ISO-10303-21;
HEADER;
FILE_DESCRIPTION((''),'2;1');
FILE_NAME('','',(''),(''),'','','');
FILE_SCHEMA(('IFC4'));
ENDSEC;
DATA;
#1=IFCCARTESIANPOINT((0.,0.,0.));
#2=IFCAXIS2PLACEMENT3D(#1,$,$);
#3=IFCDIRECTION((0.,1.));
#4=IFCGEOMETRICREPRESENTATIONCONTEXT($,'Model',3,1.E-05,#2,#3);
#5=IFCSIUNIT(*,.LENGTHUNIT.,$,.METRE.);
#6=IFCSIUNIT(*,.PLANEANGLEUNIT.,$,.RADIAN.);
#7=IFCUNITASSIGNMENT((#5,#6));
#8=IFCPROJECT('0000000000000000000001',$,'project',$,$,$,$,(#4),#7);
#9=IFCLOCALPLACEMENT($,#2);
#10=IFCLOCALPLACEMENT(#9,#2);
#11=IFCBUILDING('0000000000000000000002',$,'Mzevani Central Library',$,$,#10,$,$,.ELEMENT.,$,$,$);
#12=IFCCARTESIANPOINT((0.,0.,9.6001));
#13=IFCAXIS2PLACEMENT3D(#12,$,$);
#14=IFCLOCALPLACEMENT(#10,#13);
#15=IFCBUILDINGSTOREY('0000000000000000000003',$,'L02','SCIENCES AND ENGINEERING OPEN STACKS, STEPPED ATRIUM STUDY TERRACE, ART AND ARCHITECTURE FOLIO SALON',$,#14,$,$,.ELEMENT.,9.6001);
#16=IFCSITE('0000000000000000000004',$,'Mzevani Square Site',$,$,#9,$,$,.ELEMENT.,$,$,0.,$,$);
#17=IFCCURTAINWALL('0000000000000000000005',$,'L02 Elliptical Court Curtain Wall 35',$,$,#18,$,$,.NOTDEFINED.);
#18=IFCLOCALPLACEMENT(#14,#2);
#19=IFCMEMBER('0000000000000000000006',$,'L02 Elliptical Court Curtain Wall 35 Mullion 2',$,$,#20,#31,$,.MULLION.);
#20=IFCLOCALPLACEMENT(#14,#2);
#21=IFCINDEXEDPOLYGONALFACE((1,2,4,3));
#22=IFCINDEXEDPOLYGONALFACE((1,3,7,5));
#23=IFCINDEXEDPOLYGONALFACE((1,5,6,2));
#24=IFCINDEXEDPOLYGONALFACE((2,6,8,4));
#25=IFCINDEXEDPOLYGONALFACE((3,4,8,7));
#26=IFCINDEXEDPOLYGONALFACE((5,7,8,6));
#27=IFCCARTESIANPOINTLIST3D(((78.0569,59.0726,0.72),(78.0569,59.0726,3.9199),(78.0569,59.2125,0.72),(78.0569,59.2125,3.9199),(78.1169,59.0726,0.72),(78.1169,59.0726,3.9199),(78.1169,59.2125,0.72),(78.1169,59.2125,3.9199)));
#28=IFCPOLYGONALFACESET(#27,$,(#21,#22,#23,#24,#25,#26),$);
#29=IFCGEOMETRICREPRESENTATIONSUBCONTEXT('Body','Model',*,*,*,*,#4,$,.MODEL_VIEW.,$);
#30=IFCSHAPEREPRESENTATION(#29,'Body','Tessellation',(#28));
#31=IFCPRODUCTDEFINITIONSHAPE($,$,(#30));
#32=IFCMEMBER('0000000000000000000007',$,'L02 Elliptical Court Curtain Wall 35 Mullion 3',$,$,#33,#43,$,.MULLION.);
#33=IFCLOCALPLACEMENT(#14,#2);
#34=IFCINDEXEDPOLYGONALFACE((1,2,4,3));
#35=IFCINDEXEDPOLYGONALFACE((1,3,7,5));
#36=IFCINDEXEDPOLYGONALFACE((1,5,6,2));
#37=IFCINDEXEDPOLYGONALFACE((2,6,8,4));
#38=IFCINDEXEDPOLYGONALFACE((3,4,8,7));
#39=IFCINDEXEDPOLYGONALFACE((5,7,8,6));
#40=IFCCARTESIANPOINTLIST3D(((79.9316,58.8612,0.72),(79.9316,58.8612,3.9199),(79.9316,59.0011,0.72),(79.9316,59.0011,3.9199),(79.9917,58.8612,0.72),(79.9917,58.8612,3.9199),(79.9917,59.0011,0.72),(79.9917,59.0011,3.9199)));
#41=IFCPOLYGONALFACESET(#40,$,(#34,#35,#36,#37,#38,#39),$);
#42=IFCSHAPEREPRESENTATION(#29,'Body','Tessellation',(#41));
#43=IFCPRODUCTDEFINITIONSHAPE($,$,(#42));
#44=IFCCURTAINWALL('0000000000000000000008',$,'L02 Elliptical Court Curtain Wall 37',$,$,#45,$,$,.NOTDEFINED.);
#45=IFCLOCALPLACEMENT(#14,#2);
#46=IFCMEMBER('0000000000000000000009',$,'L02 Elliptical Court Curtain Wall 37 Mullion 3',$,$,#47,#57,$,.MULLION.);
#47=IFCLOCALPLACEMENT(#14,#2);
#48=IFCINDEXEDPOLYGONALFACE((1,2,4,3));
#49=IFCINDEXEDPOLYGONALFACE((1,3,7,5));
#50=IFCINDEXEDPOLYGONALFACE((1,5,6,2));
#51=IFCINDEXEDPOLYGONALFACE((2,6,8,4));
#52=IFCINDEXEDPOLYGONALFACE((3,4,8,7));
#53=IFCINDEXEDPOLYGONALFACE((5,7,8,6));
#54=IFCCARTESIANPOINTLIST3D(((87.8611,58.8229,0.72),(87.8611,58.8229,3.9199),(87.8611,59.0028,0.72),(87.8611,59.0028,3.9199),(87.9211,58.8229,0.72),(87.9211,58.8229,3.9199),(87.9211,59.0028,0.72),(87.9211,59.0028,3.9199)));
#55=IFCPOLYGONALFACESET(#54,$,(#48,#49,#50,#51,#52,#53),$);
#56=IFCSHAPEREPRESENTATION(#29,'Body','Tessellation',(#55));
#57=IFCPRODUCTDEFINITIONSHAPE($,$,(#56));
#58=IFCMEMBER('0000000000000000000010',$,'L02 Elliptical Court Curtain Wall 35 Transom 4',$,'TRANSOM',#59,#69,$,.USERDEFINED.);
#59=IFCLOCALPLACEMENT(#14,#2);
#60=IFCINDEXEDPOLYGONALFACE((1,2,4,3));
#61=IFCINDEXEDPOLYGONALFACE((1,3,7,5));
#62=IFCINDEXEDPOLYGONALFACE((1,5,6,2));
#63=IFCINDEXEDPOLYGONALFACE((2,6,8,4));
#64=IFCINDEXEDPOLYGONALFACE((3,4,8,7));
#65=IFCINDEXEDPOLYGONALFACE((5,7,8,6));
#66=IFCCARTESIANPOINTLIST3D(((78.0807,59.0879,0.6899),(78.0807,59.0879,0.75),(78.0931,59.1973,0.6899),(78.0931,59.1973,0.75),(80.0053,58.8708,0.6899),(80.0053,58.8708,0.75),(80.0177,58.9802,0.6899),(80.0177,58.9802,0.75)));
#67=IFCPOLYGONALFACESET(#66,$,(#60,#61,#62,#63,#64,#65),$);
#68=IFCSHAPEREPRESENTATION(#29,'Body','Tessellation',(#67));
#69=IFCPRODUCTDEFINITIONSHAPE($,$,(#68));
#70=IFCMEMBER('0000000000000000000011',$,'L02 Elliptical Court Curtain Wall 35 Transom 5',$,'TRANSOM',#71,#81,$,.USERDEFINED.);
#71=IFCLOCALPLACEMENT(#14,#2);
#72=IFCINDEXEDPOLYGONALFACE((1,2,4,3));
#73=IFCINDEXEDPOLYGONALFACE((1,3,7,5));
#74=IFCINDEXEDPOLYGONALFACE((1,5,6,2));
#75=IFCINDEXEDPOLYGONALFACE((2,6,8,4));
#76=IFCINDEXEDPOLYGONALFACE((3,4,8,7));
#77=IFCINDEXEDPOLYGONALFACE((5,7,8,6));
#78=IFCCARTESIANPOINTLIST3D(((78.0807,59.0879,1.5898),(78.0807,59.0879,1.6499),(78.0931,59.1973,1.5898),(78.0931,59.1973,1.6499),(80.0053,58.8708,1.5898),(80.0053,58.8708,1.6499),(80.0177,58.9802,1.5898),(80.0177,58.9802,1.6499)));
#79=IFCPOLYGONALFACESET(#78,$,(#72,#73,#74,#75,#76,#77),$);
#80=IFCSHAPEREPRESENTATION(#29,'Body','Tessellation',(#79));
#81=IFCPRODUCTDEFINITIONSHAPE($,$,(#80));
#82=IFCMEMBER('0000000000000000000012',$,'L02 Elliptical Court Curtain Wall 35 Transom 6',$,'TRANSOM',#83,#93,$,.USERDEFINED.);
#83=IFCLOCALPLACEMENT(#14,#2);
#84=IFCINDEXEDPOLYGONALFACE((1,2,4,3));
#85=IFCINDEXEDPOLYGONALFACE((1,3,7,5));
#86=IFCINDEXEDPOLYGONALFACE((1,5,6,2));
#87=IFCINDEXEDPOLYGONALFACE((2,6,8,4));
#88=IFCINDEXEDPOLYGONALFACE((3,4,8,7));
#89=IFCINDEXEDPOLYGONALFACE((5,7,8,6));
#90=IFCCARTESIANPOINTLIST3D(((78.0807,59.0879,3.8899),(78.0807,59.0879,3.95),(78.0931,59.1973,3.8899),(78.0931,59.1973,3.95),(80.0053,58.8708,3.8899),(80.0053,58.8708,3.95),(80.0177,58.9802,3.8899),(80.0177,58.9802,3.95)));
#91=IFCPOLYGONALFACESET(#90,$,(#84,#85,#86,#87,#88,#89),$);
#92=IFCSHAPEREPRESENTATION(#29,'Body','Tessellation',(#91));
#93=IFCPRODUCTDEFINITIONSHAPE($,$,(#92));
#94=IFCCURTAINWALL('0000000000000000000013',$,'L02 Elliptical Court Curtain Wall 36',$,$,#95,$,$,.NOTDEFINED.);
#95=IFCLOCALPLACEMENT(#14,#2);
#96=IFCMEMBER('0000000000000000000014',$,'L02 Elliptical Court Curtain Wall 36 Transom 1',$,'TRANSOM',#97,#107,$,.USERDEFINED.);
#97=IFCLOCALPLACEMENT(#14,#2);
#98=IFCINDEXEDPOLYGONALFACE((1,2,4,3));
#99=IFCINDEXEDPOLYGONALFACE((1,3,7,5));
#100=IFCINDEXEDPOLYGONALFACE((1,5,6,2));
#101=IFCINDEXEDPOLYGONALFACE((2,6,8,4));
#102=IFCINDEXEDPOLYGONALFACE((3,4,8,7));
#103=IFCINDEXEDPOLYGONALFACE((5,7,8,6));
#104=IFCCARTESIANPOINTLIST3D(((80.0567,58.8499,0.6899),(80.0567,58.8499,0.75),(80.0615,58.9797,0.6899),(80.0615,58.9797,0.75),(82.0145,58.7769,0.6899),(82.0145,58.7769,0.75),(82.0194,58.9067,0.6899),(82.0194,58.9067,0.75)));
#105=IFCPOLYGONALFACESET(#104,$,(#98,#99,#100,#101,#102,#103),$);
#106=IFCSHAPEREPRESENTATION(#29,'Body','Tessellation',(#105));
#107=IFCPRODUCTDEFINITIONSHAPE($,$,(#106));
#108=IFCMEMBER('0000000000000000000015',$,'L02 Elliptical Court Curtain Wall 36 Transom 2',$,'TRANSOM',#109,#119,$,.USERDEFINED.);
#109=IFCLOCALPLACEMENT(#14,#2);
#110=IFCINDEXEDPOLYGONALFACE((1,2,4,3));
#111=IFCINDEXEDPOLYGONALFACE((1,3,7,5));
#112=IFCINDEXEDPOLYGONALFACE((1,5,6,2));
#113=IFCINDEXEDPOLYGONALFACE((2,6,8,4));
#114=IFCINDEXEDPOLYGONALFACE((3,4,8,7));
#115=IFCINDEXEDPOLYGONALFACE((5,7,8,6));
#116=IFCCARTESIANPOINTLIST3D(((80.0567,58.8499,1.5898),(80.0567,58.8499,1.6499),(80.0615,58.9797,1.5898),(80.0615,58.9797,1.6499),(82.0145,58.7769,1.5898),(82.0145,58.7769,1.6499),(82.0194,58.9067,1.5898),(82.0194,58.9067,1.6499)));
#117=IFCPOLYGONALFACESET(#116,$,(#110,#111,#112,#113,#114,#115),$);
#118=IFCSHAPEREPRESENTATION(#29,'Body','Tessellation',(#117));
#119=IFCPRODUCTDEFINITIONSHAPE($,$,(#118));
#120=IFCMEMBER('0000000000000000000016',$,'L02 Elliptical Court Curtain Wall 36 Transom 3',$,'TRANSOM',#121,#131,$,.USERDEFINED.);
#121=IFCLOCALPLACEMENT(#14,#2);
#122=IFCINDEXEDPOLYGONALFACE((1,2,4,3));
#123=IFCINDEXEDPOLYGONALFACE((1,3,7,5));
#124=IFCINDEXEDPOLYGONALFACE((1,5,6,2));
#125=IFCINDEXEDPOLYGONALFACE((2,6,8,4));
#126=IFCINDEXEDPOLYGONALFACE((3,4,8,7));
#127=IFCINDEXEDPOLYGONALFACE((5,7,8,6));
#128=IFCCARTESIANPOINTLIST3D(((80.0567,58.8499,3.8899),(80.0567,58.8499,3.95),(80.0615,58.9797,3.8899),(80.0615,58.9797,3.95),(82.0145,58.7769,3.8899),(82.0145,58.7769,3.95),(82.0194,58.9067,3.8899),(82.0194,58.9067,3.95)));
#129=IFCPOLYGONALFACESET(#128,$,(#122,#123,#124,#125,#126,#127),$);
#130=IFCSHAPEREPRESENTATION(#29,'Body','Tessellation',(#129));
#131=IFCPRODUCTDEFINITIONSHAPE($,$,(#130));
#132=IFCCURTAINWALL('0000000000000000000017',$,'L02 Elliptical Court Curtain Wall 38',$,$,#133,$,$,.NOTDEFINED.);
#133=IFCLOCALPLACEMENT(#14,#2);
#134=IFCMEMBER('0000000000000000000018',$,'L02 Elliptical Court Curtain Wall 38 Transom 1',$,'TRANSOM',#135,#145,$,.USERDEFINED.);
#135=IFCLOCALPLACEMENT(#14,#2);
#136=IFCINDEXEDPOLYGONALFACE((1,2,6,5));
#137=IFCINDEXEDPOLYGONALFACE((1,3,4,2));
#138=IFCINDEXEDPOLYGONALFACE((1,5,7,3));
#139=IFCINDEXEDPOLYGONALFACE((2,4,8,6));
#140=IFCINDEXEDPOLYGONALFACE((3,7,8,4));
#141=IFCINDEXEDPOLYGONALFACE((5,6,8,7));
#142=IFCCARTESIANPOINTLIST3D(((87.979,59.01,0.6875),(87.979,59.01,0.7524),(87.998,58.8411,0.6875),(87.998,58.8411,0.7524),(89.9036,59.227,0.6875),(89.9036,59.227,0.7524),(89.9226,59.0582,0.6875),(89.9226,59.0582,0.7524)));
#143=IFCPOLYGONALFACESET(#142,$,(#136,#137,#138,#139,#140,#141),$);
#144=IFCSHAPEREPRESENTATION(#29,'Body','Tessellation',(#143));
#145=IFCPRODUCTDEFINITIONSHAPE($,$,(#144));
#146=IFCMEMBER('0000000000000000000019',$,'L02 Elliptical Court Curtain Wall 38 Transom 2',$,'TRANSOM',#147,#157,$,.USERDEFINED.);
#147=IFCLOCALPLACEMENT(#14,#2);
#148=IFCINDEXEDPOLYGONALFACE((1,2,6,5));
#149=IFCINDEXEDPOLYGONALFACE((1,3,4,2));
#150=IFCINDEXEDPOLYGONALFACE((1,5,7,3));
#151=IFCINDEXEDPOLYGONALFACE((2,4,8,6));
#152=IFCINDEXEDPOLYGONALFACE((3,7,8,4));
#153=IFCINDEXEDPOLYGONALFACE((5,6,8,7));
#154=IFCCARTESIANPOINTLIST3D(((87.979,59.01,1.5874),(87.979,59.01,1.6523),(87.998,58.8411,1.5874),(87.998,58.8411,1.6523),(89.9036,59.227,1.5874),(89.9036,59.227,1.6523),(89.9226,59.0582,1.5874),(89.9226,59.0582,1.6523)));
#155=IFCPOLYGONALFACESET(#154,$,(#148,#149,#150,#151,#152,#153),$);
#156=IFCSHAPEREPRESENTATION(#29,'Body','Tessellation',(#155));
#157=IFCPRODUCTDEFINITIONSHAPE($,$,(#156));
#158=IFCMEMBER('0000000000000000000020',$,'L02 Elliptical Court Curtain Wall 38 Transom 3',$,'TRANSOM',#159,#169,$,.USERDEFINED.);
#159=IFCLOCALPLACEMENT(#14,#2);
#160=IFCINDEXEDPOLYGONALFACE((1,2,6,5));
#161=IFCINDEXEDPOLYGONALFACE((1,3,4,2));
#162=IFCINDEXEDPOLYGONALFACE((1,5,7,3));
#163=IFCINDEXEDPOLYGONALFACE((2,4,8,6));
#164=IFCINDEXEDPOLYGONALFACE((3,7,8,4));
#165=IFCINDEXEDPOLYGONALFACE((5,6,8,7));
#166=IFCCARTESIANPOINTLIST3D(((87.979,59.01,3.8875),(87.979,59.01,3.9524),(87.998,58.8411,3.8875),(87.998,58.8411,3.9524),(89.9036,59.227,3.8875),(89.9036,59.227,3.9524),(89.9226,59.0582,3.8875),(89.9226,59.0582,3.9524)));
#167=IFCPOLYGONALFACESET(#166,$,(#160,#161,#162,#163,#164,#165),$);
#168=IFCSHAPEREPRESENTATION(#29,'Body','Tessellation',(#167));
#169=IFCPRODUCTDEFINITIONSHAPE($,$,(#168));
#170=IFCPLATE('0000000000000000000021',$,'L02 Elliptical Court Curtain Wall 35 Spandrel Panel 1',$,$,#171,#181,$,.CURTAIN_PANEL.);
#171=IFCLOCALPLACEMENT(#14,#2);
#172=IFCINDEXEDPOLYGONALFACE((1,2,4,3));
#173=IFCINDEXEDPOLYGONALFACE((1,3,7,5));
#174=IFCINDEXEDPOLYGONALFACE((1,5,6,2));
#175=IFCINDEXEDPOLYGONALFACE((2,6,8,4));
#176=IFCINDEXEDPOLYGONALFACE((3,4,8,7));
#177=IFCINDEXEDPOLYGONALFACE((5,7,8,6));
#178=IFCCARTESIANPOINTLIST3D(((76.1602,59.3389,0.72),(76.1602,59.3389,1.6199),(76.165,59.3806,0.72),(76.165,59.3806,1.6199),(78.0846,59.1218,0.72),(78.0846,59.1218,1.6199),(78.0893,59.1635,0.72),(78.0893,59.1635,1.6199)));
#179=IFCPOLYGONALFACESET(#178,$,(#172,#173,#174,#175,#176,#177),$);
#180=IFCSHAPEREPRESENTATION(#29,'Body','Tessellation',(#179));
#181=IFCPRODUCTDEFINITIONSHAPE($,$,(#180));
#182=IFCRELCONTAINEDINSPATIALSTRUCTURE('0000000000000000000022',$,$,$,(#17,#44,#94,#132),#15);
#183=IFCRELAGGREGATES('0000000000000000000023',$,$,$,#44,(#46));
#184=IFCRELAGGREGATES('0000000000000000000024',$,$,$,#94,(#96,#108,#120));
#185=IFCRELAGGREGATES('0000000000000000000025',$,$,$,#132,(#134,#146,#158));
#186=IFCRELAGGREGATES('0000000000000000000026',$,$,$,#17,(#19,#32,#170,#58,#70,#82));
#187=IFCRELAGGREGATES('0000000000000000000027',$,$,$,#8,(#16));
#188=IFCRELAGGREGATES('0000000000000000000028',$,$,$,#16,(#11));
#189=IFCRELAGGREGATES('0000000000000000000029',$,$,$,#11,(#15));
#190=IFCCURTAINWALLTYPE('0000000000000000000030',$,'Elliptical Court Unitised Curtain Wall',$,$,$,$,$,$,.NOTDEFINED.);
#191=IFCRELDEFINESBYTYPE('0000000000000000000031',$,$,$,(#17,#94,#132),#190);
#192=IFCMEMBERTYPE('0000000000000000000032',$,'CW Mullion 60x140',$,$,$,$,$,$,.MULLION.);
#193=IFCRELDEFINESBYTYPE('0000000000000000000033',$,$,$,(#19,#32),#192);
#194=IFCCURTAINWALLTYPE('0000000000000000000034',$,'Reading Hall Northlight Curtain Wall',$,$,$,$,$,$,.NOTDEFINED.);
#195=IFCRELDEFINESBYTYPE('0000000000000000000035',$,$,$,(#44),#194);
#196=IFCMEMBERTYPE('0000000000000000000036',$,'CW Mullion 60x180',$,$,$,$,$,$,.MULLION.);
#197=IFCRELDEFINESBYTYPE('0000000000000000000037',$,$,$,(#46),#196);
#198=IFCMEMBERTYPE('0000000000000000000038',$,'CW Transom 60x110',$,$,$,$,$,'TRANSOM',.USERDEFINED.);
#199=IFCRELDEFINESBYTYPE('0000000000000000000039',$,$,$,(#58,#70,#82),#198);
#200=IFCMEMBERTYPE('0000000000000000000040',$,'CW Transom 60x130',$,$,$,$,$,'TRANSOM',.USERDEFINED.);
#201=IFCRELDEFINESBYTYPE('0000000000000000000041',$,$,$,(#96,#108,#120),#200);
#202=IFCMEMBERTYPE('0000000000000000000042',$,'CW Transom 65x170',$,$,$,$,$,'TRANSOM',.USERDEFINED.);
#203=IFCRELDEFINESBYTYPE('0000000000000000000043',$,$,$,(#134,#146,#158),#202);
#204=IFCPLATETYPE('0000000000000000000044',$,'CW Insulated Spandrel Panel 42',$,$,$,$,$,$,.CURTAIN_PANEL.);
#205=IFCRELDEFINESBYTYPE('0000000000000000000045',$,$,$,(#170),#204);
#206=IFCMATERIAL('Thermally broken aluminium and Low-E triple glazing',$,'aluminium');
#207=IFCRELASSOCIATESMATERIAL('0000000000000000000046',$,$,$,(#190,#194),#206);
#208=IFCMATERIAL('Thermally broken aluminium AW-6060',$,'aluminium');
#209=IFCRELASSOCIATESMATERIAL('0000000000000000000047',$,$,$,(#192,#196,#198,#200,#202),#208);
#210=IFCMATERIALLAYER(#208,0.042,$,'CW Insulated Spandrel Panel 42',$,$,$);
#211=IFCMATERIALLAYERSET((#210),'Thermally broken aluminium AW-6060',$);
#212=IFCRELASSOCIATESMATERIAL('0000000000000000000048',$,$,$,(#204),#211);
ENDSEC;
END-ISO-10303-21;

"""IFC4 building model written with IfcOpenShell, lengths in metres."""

from ifc_helpers import new_model, si_unit, direction, frame, origin, origin_2d, place, context, subcontext, project, spatial, rectangle, extrude, material, layer, layer_set, material_profile, profile_set, type_object, element, aggregate, save


model = new_model("IFC4")

# Units and contexts
model_context = context("Model", 3, precision=1e-05, world=origin(), true_north=direction((0.0, 1.0)))
body_context = subcontext(model_context, "Body", "Model", "MODEL_VIEW")
ifc_project = project(units=[si_unit("LENGTHUNIT", "METRE"), si_unit("PLANEANGLEUNIT", "RADIAN")], contexts=[model_context])

# Site, building, storey
site_placement = place(None, origin())
site = spatial("IfcSite", under=ifc_project, at=site_placement, Name="Mzevani Square Site", CompositionType="ELEMENT", RefElevation=0.0)
building_placement = place(site_placement, origin())
building = spatial("IfcBuilding", under=site, at=building_placement, Name="Mzevani Central Library", CompositionType="ELEMENT")
storey_placement = place(building_placement, frame((0.0, 0.0, 9.6001)))
storey = spatial("IfcBuildingStorey", under=building, at=storey_placement, Name="L02", Description="SCIENCES AND ENGINEERING OPEN STACKS, STEPPED ATRIUM STUDY TERRACE, ART AND ARCHITECTURE FOLIO SALON", CompositionType="ELEMENT", Elevation=9.6001)

# Curtain wall, members
ifc_material_1 = material(Name="Thermally broken aluminium and Low-E triple glazing", Category="aluminium")
curtain_wall_type_1 = type_object("IfcCurtainWallType", Name="Elliptical Court Unitised Curtain Wall", PredefinedType="NOTDEFINED", material=ifc_material_1)
curtain_wall_1_placement = place(storey_placement, origin())
curtain_wall_1 = element("IfcCurtainWall", 1, at=curtain_wall_1_placement, inside=storey, type_object=curtain_wall_type_1, Name="L02 Elliptical Court Curtain Wall 35", PredefinedType="NOTDEFINED")
ifc_material_2 = material(Name="Thermally broken aluminium AW-6060", Category="aluminium")
ifc_material_profile_1 = material_profile(ifc_material_2, rectangle(XDim=0.0601, YDim=0.1399, at=origin_2d()), Name="ALU M60x140")
ifc_profile_set_1 = profile_set([ifc_material_profile_1], Name="Thermally broken aluminium AW-6060")
member_type_1 = type_object("IfcMemberType", Name="CW Mullion 60x140", PredefinedType="MULLION", material=ifc_profile_set_1)
member_1_placement = place(storey_placement, frame((78.0869, 59.1426, 0.72), z_axis=(0.0, 0.0, 1.0), x_axis=(1.0, 0.0, 0.0)))
member_1 = element("IfcMember", 2, at=member_1_placement, type_object=member_type_1, Name="L02 Elliptical Court Curtain Wall 35 Mullion 2", PredefinedType="MULLION", context=body_context, shape_type="SweptSolid", body=[
    extrude(rectangle(XDim=0.0601, YDim=0.1399, at=origin_2d()), origin(), (0.0, 0.0, 1.0), 3.2),
])
member_2_placement = place(storey_placement, frame((79.9617, 58.9312, 0.72), z_axis=(0.0, 0.0, 1.0), x_axis=(1.0, 0.0, 0.0)))
member_2 = element("IfcMember", 3, at=member_2_placement, type_object=member_type_1, Name="L02 Elliptical Court Curtain Wall 35 Mullion 3", PredefinedType="MULLION", context=body_context, shape_type="SweptSolid", body=[
    extrude(rectangle(XDim=0.0601, YDim=0.1399, at=origin_2d()), origin(), (0.0, 0.0, 1.0), 3.2),
])

# Curtain wall, member
curtain_wall_type_2 = type_object("IfcCurtainWallType", Name="Reading Hall Northlight Curtain Wall", PredefinedType="NOTDEFINED", material=ifc_material_1)
curtain_wall_2_placement = place(storey_placement, origin())
curtain_wall_2 = element("IfcCurtainWall", 4, at=curtain_wall_2_placement, inside=storey, type_object=curtain_wall_type_2, Name="L02 Elliptical Court Curtain Wall 37", PredefinedType="NOTDEFINED")
ifc_material_profile_2 = material_profile(ifc_material_2, rectangle(XDim=0.0601, YDim=0.1799, at=origin_2d()), Name="ALU M60x180")
ifc_profile_set_2 = profile_set([ifc_material_profile_2], Name="Thermally broken aluminium AW-6060")
member_type_2 = type_object("IfcMemberType", Name="CW Mullion 60x180", PredefinedType="MULLION", material=ifc_profile_set_2)
member_3_placement = place(storey_placement, frame((87.8911, 58.9128, 0.72), z_axis=(0.0, 0.0, 1.0), x_axis=(1.0, 0.0, 0.0)))
member_3 = element("IfcMember", 5, at=member_3_placement, type_object=member_type_2, Name="L02 Elliptical Court Curtain Wall 37 Mullion 3", PredefinedType="MULLION", context=body_context, shape_type="SweptSolid", body=[
    extrude(rectangle(XDim=0.0601, YDim=0.1799, at=origin_2d()), origin(), (0.0, 0.0, 1.0), 3.2),
])
aggregate(curtain_wall_2, [member_3])

# Members
ifc_material_profile_3 = material_profile(ifc_material_2, rectangle(XDim=0.1101, YDim=0.0601, at=origin_2d()), Name="ALU T60x110")
ifc_profile_set_3 = profile_set([ifc_material_profile_3], Name="Thermally broken aluminium AW-6060")
member_type_3 = type_object("IfcMemberType", Name="CW Transom 60x110", ElementType="TRANSOM", PredefinedType="USERDEFINED", material=ifc_profile_set_3)
member_4_placement = place(storey_placement, frame((78.0869, 59.1426, 0.72), z_axis=(0.993701, -0.112064, 0.0), x_axis=(0.112064, 0.993701, 0.0)))
member_4 = element("IfcMember", 6, at=member_4_placement, type_object=member_type_3, Name="L02 Elliptical Court Curtain Wall 35 Transom 4", ObjectType="TRANSOM", PredefinedType="USERDEFINED", context=body_context, shape_type="SweptSolid", body=[
    extrude(rectangle(XDim=0.1101, YDim=0.0601, at=origin_2d()), origin(), (0.0, 0.0, 1.0), 1.9368),
])
member_5_placement = place(storey_placement, frame((78.0869, 59.1426, 1.6199), z_axis=(0.993701, -0.112064, 0.0), x_axis=(0.112064, 0.993701, 0.0)))
member_5 = element("IfcMember", 7, at=member_5_placement, type_object=member_type_3, Name="L02 Elliptical Court Curtain Wall 35 Transom 5", ObjectType="TRANSOM", PredefinedType="USERDEFINED", context=body_context, shape_type="SweptSolid", body=[
    extrude(rectangle(XDim=0.1101, YDim=0.0601, at=origin_2d()), origin(), (0.0, 0.0, 1.0), 1.9368),
])
member_6_placement = place(storey_placement, frame((78.0869, 59.1426, 3.9199), z_axis=(0.993701, -0.112064, 0.0), x_axis=(0.112064, 0.993701, 0.0)))
member_6 = element("IfcMember", 8, at=member_6_placement, type_object=member_type_3, Name="L02 Elliptical Court Curtain Wall 35 Transom 6", ObjectType="TRANSOM", PredefinedType="USERDEFINED", context=body_context, shape_type="SweptSolid", body=[
    extrude(rectangle(XDim=0.1101, YDim=0.0601, at=origin_2d()), origin(), (0.0, 0.0, 1.0), 1.9368),
])

# Curtain walls, members
curtain_wall_3_placement = place(storey_placement, origin())
curtain_wall_3 = element("IfcCurtainWall", 9, at=curtain_wall_3_placement, inside=storey, type_object=curtain_wall_type_1, Name="L02 Elliptical Court Curtain Wall 36", PredefinedType="NOTDEFINED")
ifc_material_profile_4 = material_profile(ifc_material_2, rectangle(XDim=0.1299, YDim=0.0601, at=origin_2d()), Name="ALU T60x130")
ifc_profile_set_4 = profile_set([ifc_material_profile_4], Name="Thermally broken aluminium AW-6060")
member_type_4 = type_object("IfcMemberType", Name="CW Transom 60x130", ElementType="TRANSOM", PredefinedType="USERDEFINED", material=ifc_profile_set_4)
member_7_placement = place(storey_placement, frame((80.0591, 58.9148, 0.72), z_axis=(0.999306, -0.037261, 0.0), x_axis=(0.037261, 0.999306, 0.0)))
member_7 = element("IfcMember", 10, at=member_7_placement, type_object=member_type_4, Name="L02 Elliptical Court Curtain Wall 36 Transom 1", ObjectType="TRANSOM", PredefinedType="USERDEFINED", context=body_context, shape_type="SweptSolid", body=[
    extrude(rectangle(XDim=0.1299, YDim=0.0601, at=origin_2d()), origin(), (0.0, 0.0, 1.0), 1.9592),
])
member_8_placement = place(storey_placement, frame((80.0591, 58.9148, 1.6199), z_axis=(0.999306, -0.037261, 0.0), x_axis=(0.037261, 0.999306, 0.0)))
member_8 = element("IfcMember", 11, at=member_8_placement, type_object=member_type_4, Name="L02 Elliptical Court Curtain Wall 36 Transom 2", ObjectType="TRANSOM", PredefinedType="USERDEFINED", context=body_context, shape_type="SweptSolid", body=[
    extrude(rectangle(XDim=0.1299, YDim=0.0601, at=origin_2d()), origin(), (0.0, 0.0, 1.0), 1.9592),
])
member_9_placement = place(storey_placement, frame((80.0591, 58.9148, 3.9199), z_axis=(0.999306, -0.037261, 0.0), x_axis=(0.037261, 0.999306, 0.0)))
member_9 = element("IfcMember", 12, at=member_9_placement, type_object=member_type_4, Name="L02 Elliptical Court Curtain Wall 36 Transom 3", ObjectType="TRANSOM", PredefinedType="USERDEFINED", context=body_context, shape_type="SweptSolid", body=[
    extrude(rectangle(XDim=0.1299, YDim=0.0601, at=origin_2d()), origin(), (0.0, 0.0, 1.0), 1.9592),
])
aggregate(curtain_wall_3, [member_7, member_8, member_9])
curtain_wall_4_placement = place(storey_placement, origin())
curtain_wall_4 = element("IfcCurtainWall", 13, at=curtain_wall_4_placement, inside=storey, type_object=curtain_wall_type_1, Name="L02 Elliptical Court Curtain Wall 38", PredefinedType="NOTDEFINED")
ifc_material_profile_5 = material_profile(ifc_material_2, rectangle(XDim=0.1699, YDim=0.0649, at=origin_2d()), Name="ALU T65x170")
ifc_profile_set_5 = profile_set([ifc_material_profile_5], Name="Thermally broken aluminium AW-6060")
member_type_5 = type_object("IfcMemberType", Name="CW Transom 65x170", ElementType="TRANSOM", PredefinedType="USERDEFINED", material=ifc_profile_set_5)
member_10_placement = place(storey_placement, frame((87.9885, 58.9255, 0.72), z_axis=(0.993701, 0.112064, 0.0), x_axis=(-0.112064, 0.993701, 0.0)))
member_10 = element("IfcMember", 14, at=member_10_placement, type_object=member_type_5, Name="L02 Elliptical Court Curtain Wall 38 Transom 1", ObjectType="TRANSOM", PredefinedType="USERDEFINED", context=body_context, shape_type="SweptSolid", body=[
    extrude(rectangle(XDim=0.1699, YDim=0.0649, at=origin_2d()), origin(), (0.0, 0.0, 1.0), 1.9368),
])
member_11_placement = place(storey_placement, frame((87.9885, 58.9255, 1.6199), z_axis=(0.993701, 0.112064, 0.0), x_axis=(-0.112064, 0.993701, 0.0)))
member_11 = element("IfcMember", 15, at=member_11_placement, type_object=member_type_5, Name="L02 Elliptical Court Curtain Wall 38 Transom 2", ObjectType="TRANSOM", PredefinedType="USERDEFINED", context=body_context, shape_type="SweptSolid", body=[
    extrude(rectangle(XDim=0.1699, YDim=0.0649, at=origin_2d()), origin(), (0.0, 0.0, 1.0), 1.9368),
])
member_12_placement = place(storey_placement, frame((87.9885, 58.9255, 3.9199), z_axis=(0.993701, 0.112064, 0.0), x_axis=(-0.112064, 0.993701, 0.0)))
member_12 = element("IfcMember", 16, at=member_12_placement, type_object=member_type_5, Name="L02 Elliptical Court Curtain Wall 38 Transom 3", ObjectType="TRANSOM", PredefinedType="USERDEFINED", context=body_context, shape_type="SweptSolid", body=[
    extrude(rectangle(XDim=0.1699, YDim=0.0649, at=origin_2d()), origin(), (0.0, 0.0, 1.0), 1.9368),
])
aggregate(curtain_wall_4, [member_10, member_11, member_12])

# Plate
ifc_layer_1 = layer(ifc_material_2, 0.042, Name="CW Insulated Spandrel Panel 42")
ifc_layer_set_1 = layer_set([ifc_layer_1], Name="Thermally broken aluminium AW-6060")
plate_type_1 = type_object("IfcPlateType", Name="CW Insulated Spandrel Panel 42", PredefinedType="CURTAIN_PANEL", material=ifc_layer_set_1)
plate_1_placement = place(storey_placement, frame((77.1248, 59.2512, 0.72), z_axis=(0.0, 0.0, 1.0), x_axis=(0.993697, -0.112104, 0.0)))
plate_1 = element("IfcPlate", 17, at=plate_1_placement, type_object=plate_type_1, Name="L02 Elliptical Court Curtain Wall 35 Spandrel Panel 1", PredefinedType="CURTAIN_PANEL", context=body_context, shape_type="SweptSolid", body=[
    extrude(rectangle(XDim=1.9365, YDim=0.042, at=origin_2d()), origin(), (0.0, 0.0, 1.0), 0.8999),
])
aggregate(curtain_wall_1, [member_1, member_2, plate_1, member_4, member_5, member_6])

save(model, "model.ifc")
